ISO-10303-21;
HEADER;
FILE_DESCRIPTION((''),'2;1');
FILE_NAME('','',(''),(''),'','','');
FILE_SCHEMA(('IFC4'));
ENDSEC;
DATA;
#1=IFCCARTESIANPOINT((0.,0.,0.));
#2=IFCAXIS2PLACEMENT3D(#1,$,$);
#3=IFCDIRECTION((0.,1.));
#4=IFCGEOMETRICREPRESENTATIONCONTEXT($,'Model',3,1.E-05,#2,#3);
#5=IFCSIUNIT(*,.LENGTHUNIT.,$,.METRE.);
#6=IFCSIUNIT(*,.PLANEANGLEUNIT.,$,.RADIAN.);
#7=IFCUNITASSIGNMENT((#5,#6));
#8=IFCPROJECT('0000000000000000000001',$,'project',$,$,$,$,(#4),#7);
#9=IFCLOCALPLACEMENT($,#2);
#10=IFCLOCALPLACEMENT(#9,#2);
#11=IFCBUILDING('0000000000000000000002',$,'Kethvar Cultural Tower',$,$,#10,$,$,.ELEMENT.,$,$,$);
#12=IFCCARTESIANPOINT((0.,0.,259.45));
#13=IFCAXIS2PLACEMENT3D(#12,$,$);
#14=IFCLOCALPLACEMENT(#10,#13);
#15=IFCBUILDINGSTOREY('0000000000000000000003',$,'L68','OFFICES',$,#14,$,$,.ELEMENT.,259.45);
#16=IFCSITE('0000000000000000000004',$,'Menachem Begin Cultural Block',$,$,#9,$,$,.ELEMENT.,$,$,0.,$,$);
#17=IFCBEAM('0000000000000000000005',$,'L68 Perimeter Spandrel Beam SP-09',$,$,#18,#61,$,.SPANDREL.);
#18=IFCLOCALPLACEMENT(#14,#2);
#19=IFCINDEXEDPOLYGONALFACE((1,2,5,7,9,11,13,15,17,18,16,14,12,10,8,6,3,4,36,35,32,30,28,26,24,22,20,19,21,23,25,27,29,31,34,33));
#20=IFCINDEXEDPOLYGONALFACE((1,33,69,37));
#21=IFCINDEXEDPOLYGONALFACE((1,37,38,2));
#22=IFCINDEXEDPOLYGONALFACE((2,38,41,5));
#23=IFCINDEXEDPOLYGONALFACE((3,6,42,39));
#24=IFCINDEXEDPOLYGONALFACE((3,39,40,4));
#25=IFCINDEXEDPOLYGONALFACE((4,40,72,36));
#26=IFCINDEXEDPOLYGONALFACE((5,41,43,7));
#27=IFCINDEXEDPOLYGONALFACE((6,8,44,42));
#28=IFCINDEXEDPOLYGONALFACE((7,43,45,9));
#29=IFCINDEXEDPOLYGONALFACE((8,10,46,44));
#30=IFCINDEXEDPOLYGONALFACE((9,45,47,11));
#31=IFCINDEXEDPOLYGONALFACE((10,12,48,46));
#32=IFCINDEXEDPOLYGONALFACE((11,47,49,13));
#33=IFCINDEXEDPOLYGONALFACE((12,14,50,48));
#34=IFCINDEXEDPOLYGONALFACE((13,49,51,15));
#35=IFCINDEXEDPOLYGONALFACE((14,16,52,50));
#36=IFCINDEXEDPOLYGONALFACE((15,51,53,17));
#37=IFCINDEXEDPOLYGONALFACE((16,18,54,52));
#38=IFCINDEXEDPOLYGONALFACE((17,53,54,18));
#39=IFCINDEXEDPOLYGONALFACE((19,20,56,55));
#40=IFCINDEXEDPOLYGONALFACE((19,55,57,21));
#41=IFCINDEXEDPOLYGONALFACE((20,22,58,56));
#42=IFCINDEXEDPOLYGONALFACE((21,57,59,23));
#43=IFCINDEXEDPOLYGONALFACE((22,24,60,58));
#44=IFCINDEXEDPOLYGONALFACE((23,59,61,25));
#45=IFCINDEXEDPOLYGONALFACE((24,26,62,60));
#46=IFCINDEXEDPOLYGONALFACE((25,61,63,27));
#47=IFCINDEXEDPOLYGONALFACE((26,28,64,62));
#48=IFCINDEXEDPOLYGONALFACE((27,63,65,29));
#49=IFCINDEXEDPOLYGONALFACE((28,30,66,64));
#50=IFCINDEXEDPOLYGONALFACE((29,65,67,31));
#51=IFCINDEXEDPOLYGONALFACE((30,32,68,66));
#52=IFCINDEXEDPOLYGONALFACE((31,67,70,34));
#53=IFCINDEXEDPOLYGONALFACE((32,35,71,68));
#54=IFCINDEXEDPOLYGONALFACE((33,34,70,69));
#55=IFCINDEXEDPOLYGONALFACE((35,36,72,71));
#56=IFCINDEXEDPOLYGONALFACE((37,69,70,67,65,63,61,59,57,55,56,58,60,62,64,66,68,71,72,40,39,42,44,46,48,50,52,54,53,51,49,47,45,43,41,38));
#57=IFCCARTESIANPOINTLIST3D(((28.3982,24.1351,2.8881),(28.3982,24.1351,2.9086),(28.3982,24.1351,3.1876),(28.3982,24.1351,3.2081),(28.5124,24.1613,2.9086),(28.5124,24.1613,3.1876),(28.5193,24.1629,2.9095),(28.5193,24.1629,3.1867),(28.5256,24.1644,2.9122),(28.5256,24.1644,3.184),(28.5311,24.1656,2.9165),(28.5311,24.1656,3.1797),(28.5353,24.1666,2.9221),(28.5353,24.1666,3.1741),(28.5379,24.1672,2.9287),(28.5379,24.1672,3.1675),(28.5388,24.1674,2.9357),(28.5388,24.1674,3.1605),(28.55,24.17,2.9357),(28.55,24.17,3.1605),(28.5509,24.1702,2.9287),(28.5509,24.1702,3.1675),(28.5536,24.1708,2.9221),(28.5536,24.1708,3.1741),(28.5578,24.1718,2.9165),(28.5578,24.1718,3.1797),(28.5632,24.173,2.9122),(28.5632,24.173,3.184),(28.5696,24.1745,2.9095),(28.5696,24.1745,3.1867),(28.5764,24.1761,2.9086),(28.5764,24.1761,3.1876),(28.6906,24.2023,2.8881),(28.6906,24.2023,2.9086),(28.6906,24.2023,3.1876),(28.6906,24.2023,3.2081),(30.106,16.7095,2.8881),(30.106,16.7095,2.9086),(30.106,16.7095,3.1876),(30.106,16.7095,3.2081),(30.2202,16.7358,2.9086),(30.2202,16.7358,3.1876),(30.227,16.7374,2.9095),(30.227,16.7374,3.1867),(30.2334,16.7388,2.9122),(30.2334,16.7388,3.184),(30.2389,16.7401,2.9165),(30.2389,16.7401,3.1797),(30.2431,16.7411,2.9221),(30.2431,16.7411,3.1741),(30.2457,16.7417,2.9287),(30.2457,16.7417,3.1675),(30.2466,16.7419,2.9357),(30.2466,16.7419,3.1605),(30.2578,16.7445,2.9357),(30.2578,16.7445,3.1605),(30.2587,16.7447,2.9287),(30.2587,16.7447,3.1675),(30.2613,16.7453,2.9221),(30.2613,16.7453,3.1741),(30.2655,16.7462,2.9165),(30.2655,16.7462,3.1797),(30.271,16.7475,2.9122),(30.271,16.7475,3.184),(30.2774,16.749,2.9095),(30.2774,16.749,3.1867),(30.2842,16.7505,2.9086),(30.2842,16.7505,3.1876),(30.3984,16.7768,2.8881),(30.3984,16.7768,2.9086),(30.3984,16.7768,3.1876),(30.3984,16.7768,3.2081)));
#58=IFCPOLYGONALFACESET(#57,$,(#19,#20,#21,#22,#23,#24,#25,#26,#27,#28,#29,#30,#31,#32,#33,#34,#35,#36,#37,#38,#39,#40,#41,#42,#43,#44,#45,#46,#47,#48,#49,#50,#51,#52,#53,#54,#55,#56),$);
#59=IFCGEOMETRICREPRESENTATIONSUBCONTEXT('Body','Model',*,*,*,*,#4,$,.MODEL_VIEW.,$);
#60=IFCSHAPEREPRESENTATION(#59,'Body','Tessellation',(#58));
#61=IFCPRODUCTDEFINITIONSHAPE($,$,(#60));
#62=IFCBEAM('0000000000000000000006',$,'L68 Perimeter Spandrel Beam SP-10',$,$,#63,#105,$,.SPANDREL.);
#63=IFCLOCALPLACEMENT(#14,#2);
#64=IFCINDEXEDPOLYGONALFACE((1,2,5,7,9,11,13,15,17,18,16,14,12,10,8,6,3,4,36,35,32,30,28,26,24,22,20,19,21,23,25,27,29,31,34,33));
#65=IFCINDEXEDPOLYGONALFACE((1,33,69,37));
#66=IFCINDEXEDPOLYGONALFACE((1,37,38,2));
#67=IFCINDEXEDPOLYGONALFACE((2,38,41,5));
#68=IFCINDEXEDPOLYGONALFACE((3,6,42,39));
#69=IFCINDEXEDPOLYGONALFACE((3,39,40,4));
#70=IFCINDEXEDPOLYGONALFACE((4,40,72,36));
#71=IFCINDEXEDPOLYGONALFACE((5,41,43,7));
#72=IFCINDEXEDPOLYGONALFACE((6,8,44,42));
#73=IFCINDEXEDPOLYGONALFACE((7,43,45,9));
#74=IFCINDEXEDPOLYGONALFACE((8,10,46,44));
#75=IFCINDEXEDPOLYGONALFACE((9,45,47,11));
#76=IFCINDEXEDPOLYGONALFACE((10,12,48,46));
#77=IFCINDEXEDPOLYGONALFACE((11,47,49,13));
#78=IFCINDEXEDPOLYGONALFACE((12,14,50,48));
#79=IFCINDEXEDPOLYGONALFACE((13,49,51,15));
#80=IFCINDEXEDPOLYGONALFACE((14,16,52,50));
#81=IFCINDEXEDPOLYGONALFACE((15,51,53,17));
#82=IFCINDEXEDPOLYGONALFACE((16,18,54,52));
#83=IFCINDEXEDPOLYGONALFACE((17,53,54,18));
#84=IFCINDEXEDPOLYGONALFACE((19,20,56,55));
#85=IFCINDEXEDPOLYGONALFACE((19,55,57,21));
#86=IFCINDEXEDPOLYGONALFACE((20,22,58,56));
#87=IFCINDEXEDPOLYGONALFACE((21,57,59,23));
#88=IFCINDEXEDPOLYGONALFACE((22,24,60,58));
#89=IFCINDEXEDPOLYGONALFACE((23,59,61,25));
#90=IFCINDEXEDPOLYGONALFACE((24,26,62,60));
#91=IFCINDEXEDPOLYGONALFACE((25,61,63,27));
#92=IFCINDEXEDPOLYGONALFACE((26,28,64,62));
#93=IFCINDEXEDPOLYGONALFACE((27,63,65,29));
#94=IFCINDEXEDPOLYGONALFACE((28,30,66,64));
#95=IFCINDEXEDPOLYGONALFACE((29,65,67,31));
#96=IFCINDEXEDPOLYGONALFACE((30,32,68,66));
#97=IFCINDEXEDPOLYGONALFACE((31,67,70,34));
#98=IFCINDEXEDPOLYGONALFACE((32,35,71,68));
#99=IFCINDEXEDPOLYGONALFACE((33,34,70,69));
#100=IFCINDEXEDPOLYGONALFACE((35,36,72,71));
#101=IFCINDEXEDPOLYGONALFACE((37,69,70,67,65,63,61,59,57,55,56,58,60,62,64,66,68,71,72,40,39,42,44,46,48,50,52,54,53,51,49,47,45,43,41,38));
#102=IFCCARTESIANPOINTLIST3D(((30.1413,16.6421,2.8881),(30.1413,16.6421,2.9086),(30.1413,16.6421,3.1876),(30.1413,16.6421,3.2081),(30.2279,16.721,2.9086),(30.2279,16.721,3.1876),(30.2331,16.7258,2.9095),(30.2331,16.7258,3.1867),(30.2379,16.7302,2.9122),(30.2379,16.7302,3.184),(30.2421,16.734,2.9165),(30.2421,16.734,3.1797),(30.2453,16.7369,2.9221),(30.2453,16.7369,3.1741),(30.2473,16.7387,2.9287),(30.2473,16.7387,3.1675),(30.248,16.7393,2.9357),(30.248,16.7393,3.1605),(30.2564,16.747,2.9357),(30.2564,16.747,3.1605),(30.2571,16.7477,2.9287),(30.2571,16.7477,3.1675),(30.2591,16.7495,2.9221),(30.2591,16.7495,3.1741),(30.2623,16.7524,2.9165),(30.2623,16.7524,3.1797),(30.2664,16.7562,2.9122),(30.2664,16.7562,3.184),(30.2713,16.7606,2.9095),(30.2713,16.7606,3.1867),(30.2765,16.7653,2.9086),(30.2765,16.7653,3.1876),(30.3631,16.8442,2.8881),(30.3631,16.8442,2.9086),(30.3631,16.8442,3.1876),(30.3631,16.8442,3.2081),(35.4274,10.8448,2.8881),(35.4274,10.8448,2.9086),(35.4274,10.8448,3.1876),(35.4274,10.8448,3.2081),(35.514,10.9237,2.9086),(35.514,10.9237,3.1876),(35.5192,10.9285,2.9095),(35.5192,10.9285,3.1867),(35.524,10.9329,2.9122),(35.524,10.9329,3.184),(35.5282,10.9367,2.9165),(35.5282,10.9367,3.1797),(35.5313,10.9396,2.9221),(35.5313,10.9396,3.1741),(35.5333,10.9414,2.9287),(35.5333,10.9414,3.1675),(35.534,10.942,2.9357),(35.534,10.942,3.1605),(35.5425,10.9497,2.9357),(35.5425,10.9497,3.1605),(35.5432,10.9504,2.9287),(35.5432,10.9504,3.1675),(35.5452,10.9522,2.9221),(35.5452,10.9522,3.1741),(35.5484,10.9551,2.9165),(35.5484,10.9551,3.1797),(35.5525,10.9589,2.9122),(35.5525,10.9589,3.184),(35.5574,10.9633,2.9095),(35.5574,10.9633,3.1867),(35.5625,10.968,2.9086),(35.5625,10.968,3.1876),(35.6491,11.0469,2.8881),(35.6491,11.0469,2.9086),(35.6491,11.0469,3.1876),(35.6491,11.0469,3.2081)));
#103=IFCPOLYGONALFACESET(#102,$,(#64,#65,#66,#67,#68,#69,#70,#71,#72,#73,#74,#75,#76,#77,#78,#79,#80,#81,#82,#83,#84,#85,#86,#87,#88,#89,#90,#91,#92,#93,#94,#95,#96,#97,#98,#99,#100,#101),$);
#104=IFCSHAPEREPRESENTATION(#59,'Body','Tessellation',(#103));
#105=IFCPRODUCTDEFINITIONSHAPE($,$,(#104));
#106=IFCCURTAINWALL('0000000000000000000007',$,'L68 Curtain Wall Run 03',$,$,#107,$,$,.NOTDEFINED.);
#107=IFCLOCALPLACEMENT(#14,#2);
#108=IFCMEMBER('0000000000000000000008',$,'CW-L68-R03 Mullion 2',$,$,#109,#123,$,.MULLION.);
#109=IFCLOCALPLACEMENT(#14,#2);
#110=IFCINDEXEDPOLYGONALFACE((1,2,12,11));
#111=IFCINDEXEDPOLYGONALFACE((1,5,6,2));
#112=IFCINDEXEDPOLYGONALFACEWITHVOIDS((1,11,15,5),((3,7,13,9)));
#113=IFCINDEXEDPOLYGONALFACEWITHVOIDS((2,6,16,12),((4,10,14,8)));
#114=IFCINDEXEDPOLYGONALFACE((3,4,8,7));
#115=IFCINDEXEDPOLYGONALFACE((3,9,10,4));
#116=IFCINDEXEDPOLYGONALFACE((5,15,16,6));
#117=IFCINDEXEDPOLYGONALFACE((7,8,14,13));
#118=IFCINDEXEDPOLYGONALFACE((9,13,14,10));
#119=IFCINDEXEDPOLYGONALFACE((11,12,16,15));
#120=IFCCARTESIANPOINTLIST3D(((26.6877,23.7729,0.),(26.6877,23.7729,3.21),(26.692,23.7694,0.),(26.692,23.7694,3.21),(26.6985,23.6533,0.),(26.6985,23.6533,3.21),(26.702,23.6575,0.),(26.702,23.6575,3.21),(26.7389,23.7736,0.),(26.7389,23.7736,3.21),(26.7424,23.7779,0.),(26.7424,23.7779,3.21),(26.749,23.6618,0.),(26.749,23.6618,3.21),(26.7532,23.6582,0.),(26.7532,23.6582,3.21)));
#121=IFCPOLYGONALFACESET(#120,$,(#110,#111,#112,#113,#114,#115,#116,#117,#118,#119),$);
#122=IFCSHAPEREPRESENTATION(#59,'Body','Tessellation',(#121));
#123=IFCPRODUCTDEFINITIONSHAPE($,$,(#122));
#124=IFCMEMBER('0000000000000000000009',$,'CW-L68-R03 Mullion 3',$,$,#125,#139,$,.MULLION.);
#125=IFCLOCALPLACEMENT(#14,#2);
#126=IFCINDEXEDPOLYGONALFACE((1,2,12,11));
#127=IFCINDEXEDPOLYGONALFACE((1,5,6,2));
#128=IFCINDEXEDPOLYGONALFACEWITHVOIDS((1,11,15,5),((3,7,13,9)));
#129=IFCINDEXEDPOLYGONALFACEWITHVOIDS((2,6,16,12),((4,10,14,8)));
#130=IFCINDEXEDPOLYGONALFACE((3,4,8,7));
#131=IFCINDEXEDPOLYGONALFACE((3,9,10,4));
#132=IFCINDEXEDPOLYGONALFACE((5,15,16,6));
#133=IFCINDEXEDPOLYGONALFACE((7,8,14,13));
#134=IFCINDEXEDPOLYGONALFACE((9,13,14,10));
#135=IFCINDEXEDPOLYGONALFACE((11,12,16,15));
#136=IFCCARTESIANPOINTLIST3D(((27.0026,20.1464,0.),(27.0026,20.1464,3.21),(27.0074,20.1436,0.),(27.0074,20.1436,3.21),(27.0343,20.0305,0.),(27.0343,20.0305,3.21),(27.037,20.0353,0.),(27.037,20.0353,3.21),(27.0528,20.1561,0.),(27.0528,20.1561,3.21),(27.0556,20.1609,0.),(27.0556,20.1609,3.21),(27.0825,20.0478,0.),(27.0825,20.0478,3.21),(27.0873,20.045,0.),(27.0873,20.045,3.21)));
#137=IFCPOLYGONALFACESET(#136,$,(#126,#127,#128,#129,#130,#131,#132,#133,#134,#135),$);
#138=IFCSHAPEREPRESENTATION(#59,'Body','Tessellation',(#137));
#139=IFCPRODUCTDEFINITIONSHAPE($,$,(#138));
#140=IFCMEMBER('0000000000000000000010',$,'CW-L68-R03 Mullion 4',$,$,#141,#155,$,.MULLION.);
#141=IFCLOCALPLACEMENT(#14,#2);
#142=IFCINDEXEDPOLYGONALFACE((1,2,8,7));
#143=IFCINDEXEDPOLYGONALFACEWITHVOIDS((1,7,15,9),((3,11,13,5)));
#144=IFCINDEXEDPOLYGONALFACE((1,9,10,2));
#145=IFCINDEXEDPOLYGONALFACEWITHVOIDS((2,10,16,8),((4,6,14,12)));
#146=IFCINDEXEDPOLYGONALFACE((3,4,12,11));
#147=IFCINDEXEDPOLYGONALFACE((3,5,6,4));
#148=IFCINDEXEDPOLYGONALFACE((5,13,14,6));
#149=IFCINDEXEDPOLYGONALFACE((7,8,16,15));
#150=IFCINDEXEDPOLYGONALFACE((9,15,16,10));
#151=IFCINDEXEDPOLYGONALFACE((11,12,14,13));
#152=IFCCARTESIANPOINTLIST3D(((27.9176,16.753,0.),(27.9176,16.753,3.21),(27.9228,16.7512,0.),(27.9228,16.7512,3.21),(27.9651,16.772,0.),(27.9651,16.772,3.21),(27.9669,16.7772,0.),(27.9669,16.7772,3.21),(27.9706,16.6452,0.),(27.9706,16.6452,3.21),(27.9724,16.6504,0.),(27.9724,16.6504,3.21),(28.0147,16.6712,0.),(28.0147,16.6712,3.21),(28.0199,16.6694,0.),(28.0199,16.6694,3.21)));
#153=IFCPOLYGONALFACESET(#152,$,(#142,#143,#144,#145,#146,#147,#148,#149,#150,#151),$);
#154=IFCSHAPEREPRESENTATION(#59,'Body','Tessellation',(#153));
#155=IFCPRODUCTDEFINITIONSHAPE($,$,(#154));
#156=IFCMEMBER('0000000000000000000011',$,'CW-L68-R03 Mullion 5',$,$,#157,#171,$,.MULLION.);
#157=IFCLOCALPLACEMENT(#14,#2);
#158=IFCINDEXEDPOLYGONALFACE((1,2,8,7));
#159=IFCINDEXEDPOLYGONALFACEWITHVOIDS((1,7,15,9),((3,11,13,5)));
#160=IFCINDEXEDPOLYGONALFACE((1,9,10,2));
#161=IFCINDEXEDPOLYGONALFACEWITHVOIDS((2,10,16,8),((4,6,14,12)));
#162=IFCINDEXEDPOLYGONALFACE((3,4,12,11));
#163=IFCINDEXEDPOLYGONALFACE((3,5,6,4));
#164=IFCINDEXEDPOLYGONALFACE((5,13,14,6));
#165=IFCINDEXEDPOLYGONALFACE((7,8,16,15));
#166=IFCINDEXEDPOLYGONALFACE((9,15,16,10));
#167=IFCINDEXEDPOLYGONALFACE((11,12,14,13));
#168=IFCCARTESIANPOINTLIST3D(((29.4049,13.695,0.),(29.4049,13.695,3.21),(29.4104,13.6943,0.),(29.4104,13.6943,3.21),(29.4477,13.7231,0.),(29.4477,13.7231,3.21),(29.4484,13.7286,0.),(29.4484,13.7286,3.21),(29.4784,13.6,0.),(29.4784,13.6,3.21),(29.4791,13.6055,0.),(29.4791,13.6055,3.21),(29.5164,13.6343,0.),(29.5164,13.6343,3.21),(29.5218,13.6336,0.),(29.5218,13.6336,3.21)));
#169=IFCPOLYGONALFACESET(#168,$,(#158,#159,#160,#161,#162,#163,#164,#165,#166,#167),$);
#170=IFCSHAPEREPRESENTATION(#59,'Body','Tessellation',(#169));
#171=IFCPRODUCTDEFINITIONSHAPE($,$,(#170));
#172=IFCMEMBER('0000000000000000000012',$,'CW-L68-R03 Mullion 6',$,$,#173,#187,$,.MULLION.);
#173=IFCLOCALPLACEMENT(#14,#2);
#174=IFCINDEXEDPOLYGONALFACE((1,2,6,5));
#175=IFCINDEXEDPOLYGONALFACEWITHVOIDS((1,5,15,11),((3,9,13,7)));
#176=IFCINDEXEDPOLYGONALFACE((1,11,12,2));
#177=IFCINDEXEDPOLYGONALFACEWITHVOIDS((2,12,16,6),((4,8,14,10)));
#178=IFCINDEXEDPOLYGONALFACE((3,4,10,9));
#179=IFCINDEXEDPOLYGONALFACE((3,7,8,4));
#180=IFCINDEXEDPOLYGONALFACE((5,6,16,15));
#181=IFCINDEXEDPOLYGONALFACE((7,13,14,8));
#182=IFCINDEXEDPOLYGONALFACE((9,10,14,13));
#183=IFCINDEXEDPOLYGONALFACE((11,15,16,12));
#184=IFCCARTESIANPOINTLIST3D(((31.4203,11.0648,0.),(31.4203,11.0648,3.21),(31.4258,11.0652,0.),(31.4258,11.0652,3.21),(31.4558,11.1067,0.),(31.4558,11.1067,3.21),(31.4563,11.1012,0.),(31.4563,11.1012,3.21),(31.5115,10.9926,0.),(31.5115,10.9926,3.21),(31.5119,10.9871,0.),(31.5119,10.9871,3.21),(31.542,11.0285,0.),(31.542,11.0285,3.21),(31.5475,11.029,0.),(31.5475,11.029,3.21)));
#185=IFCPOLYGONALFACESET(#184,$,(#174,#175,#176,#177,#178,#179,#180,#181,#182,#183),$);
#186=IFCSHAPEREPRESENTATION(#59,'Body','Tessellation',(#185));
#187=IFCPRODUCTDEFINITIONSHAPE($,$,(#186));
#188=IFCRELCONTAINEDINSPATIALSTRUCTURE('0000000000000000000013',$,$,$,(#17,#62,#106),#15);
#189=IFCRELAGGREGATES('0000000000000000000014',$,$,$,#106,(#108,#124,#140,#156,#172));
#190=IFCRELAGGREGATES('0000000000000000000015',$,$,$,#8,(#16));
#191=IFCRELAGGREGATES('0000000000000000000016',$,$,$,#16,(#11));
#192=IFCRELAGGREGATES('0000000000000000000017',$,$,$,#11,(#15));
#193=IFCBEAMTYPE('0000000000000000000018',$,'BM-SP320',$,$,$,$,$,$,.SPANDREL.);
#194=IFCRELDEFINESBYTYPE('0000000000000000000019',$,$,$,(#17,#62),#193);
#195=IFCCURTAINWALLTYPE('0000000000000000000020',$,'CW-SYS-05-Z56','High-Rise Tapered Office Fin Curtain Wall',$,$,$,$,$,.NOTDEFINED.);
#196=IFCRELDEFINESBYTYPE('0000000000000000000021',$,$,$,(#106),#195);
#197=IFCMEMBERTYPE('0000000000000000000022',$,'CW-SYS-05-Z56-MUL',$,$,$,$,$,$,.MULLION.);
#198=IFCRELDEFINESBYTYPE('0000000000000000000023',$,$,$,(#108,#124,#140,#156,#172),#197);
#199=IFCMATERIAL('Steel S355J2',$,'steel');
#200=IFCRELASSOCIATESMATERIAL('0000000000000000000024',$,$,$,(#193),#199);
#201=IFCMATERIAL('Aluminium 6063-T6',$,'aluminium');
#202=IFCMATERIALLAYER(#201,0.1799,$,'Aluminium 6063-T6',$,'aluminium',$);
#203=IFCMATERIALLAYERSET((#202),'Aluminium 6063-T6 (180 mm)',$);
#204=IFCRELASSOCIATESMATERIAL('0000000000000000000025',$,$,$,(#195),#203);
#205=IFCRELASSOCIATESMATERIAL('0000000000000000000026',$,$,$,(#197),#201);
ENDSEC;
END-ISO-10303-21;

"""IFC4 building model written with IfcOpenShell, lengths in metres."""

from ifc_helpers import new_model, si_unit, direction, frame, origin, origin_2d, place, context, subcontext, project, spatial, hollow_rectangle, i_section, extrude, source, transform, mapped, material, layer, layer_set, material_profile, profile_set, type_object, element, aggregate, save


model = new_model("IFC4")

# Units and contexts
model_context = context("Model", 3, precision=1e-05, world=origin(), true_north=direction((0.0, 1.0)))
body_context = subcontext(model_context, "Body", "Model", "MODEL_VIEW")
ifc_project = project(units=[si_unit("LENGTHUNIT", "METRE"), si_unit("PLANEANGLEUNIT", "RADIAN")], contexts=[model_context])

# Site, building, storey
site_placement = place(None, origin())
site = spatial("IfcSite", under=ifc_project, at=site_placement, Name="Menachem Begin Cultural Block", CompositionType="ELEMENT", RefElevation=0.0)
building_placement = place(site_placement, origin())
building = spatial("IfcBuilding", under=site, at=building_placement, Name="Kethvar Cultural Tower", CompositionType="ELEMENT")
storey_placement = place(building_placement, frame((0.0, 0.0, 259.45)))
storey = spatial("IfcBuildingStorey", under=building, at=storey_placement, Name="L68", Description="OFFICES", CompositionType="ELEMENT", Elevation=259.45)

# Beams
ifc_material_1 = material(Name="Steel S355J2", Category="steel")
ifc_material_profile_1 = material_profile(ifc_material_1, i_section(OverallWidth=0.3, OverallDepth=0.3201, WebThickness=0.0115, FlangeThickness=0.0205, FilletRadius=0.0271, at=origin_2d()), Name="Steel S355J2 — HEB320")
ifc_profile_set_1 = profile_set([ifc_material_profile_1], Name="Steel S355J2 — HEB320")
beam_type = type_object("IfcBeamType", Name="BM-SP320", PredefinedType="SPANDREL", material=ifc_profile_set_1)
shared_shape_1 = source(origin(), body_context, "Body", "SweptSolid", [
    extrude(i_section(OverallWidth=0.3, OverallDepth=0.3201, WebThickness=0.0115, FlangeThickness=0.0205, FilletRadius=0.0271, at=origin_2d()), origin(), (0.0, 0.0, 1.0), 7.6194),
])
beam_1_placement = place(storey_placement, frame((28.5444, 24.1687, 3.0481), z_axis=(0.224134, -0.974558, 0.0), x_axis=(0.974558, 0.224134, 0.0)))
element("IfcBeam", 1, at=beam_1_placement, inside=storey, type_object=beam_type, Name="L68 Perimeter Spandrel Beam SP-09", PredefinedType="SPANDREL", context=body_context, shape_type="MappedRepresentation", body=[
    mapped(shared_shape_1, transform((0.0, 0.0, 0.0), scale=1.0)),
])
shared_shape_2 = source(origin(), body_context, "Body", "SweptSolid", [
    extrude(i_section(OverallWidth=0.3, OverallDepth=0.3201, WebThickness=0.0115, FlangeThickness=0.0205, FilletRadius=0.0271, at=origin_2d()), origin(), (0.0, 0.0, 1.0), 7.8455),
])
beam_2_placement = place(storey_placement, frame((30.2522, 16.7432, 3.0481), z_axis=(0.673775, -0.738937, 0.0), x_axis=(0.738937, 0.673775, 0.0)))
element("IfcBeam", 2, at=beam_2_placement, inside=storey, type_object=beam_type, Name="L68 Perimeter Spandrel Beam SP-10", PredefinedType="SPANDREL", context=body_context, shape_type="MappedRepresentation", body=[
    mapped(shared_shape_2, transform((0.0, 0.0, 0.0), scale=1.0)),
])

# Curtain wall, members
ifc_material_2 = material(Name="Aluminium 6063-T6", Category="aluminium")
ifc_layer_1 = layer(ifc_material_2, 0.1799, Name="Aluminium 6063-T6", Category="aluminium")
ifc_layer_set_1 = layer_set([ifc_layer_1], Name="Aluminium 6063-T6 (180 mm)")
curtain_wall_type = type_object("IfcCurtainWallType", Name="CW-SYS-05-Z56", Description="High-Rise Tapered Office Fin Curtain Wall", PredefinedType="NOTDEFINED", material=ifc_layer_set_1)
curtain_wall_placement = place(storey_placement, origin())
curtain_wall = element("IfcCurtainWall", 3, at=curtain_wall_placement, inside=storey, type_object=curtain_wall_type, Name="L68 Curtain Wall Run 03", PredefinedType="NOTDEFINED")
ifc_material_profile_2 = material_profile(ifc_material_2, hollow_rectangle(XDim=0.0549, YDim=0.1201, WallThickness=0.0039, at=origin_2d()), Name="Aluminium 6063-T6 — RHS120x55x4")
ifc_profile_set_2 = profile_set([ifc_material_profile_2], Name="Aluminium 6063-T6 — RHS120x55x4")
member_type_1 = type_object("IfcMemberType", Name="CW-SYS-05-Z56-MUL", PredefinedType="MULLION", material=ifc_profile_set_2)
shared_shape_3 = source(origin(), body_context, "Body", "SweptSolid", [
    extrude(hollow_rectangle(XDim=0.0549, YDim=0.1201, WallThickness=0.0039, at=origin_2d()), origin(), (0.0, 0.0, 1.0), 3.21),
])
member_1_placement = place(storey_placement, frame((26.7205, 23.7156, 0.0), z_axis=(0.0, 0.0, 1.0), x_axis=(0.995973, 0.089659, 0.0)))
member_1 = element("IfcMember", 4, at=member_1_placement, type_object=member_type_1, Name="CW-L68-R03 Mullion 2", PredefinedType="MULLION", context=body_context, shape_type="MappedRepresentation", body=[
    mapped(shared_shape_3, transform((0.0, 0.0, 0.0), scale=1.0)),
])
member_2_placement = place(storey_placement, frame((27.0449, 20.0957, 0.0), z_axis=(0.0, 0.0, 1.0), x_axis=(0.964567, 0.263839, 0.0)))
member_2 = element("IfcMember", 5, at=member_2_placement, type_object=member_type_1, Name="CW-L68-R03 Mullion 3", PredefinedType="MULLION", context=body_context, shape_type="MappedRepresentation", body=[
    mapped(shared_shape_3, transform((0.0, 0.0, 0.0), scale=1.0)),
])
member_3_placement = place(storey_placement, frame((27.9688, 16.7112, 0.0), z_axis=(0.0, 0.0, 1.0), x_axis=(0.897505, 0.441005, 0.0)))
member_3 = element("IfcMember", 6, at=member_3_placement, type_object=member_type_1, Name="CW-L68-R03 Mullion 4", PredefinedType="MULLION", context=body_context, shape_type="MappedRepresentation", body=[
    mapped(shared_shape_3, transform((0.0, 0.0, 0.0), scale=1.0)),
])
member_4_placement = place(storey_placement, frame((29.4634, 13.6643, 0.0), z_axis=(0.0, 0.0, 1.0), x_axis=(0.791224, 0.611527, 0.0)))
member_4 = element("IfcMember", 7, at=member_4_placement, type_object=member_type_1, Name="CW-L68-R03 Mullion 5", PredefinedType="MULLION", context=body_context, shape_type="MappedRepresentation", body=[
    mapped(shared_shape_3, transform((0.0, 0.0, 0.0), scale=1.0)),
])
member_5_placement = place(storey_placement, frame((31.4839, 11.0469, 0.0), z_axis=(0.0, 0.0, 1.0), x_axis=(0.646697, 0.762747, 0.0)))
member_5 = element("IfcMember", 8, at=member_5_placement, type_object=member_type_1, Name="CW-L68-R03 Mullion 6", PredefinedType="MULLION", context=body_context, shape_type="MappedRepresentation", body=[
    mapped(shared_shape_3, transform((0.0, 0.0, 0.0), scale=1.0)),
])
aggregate(curtain_wall, [member_1, member_2, member_3, member_4, member_5])

save(model, "model.ifc")
